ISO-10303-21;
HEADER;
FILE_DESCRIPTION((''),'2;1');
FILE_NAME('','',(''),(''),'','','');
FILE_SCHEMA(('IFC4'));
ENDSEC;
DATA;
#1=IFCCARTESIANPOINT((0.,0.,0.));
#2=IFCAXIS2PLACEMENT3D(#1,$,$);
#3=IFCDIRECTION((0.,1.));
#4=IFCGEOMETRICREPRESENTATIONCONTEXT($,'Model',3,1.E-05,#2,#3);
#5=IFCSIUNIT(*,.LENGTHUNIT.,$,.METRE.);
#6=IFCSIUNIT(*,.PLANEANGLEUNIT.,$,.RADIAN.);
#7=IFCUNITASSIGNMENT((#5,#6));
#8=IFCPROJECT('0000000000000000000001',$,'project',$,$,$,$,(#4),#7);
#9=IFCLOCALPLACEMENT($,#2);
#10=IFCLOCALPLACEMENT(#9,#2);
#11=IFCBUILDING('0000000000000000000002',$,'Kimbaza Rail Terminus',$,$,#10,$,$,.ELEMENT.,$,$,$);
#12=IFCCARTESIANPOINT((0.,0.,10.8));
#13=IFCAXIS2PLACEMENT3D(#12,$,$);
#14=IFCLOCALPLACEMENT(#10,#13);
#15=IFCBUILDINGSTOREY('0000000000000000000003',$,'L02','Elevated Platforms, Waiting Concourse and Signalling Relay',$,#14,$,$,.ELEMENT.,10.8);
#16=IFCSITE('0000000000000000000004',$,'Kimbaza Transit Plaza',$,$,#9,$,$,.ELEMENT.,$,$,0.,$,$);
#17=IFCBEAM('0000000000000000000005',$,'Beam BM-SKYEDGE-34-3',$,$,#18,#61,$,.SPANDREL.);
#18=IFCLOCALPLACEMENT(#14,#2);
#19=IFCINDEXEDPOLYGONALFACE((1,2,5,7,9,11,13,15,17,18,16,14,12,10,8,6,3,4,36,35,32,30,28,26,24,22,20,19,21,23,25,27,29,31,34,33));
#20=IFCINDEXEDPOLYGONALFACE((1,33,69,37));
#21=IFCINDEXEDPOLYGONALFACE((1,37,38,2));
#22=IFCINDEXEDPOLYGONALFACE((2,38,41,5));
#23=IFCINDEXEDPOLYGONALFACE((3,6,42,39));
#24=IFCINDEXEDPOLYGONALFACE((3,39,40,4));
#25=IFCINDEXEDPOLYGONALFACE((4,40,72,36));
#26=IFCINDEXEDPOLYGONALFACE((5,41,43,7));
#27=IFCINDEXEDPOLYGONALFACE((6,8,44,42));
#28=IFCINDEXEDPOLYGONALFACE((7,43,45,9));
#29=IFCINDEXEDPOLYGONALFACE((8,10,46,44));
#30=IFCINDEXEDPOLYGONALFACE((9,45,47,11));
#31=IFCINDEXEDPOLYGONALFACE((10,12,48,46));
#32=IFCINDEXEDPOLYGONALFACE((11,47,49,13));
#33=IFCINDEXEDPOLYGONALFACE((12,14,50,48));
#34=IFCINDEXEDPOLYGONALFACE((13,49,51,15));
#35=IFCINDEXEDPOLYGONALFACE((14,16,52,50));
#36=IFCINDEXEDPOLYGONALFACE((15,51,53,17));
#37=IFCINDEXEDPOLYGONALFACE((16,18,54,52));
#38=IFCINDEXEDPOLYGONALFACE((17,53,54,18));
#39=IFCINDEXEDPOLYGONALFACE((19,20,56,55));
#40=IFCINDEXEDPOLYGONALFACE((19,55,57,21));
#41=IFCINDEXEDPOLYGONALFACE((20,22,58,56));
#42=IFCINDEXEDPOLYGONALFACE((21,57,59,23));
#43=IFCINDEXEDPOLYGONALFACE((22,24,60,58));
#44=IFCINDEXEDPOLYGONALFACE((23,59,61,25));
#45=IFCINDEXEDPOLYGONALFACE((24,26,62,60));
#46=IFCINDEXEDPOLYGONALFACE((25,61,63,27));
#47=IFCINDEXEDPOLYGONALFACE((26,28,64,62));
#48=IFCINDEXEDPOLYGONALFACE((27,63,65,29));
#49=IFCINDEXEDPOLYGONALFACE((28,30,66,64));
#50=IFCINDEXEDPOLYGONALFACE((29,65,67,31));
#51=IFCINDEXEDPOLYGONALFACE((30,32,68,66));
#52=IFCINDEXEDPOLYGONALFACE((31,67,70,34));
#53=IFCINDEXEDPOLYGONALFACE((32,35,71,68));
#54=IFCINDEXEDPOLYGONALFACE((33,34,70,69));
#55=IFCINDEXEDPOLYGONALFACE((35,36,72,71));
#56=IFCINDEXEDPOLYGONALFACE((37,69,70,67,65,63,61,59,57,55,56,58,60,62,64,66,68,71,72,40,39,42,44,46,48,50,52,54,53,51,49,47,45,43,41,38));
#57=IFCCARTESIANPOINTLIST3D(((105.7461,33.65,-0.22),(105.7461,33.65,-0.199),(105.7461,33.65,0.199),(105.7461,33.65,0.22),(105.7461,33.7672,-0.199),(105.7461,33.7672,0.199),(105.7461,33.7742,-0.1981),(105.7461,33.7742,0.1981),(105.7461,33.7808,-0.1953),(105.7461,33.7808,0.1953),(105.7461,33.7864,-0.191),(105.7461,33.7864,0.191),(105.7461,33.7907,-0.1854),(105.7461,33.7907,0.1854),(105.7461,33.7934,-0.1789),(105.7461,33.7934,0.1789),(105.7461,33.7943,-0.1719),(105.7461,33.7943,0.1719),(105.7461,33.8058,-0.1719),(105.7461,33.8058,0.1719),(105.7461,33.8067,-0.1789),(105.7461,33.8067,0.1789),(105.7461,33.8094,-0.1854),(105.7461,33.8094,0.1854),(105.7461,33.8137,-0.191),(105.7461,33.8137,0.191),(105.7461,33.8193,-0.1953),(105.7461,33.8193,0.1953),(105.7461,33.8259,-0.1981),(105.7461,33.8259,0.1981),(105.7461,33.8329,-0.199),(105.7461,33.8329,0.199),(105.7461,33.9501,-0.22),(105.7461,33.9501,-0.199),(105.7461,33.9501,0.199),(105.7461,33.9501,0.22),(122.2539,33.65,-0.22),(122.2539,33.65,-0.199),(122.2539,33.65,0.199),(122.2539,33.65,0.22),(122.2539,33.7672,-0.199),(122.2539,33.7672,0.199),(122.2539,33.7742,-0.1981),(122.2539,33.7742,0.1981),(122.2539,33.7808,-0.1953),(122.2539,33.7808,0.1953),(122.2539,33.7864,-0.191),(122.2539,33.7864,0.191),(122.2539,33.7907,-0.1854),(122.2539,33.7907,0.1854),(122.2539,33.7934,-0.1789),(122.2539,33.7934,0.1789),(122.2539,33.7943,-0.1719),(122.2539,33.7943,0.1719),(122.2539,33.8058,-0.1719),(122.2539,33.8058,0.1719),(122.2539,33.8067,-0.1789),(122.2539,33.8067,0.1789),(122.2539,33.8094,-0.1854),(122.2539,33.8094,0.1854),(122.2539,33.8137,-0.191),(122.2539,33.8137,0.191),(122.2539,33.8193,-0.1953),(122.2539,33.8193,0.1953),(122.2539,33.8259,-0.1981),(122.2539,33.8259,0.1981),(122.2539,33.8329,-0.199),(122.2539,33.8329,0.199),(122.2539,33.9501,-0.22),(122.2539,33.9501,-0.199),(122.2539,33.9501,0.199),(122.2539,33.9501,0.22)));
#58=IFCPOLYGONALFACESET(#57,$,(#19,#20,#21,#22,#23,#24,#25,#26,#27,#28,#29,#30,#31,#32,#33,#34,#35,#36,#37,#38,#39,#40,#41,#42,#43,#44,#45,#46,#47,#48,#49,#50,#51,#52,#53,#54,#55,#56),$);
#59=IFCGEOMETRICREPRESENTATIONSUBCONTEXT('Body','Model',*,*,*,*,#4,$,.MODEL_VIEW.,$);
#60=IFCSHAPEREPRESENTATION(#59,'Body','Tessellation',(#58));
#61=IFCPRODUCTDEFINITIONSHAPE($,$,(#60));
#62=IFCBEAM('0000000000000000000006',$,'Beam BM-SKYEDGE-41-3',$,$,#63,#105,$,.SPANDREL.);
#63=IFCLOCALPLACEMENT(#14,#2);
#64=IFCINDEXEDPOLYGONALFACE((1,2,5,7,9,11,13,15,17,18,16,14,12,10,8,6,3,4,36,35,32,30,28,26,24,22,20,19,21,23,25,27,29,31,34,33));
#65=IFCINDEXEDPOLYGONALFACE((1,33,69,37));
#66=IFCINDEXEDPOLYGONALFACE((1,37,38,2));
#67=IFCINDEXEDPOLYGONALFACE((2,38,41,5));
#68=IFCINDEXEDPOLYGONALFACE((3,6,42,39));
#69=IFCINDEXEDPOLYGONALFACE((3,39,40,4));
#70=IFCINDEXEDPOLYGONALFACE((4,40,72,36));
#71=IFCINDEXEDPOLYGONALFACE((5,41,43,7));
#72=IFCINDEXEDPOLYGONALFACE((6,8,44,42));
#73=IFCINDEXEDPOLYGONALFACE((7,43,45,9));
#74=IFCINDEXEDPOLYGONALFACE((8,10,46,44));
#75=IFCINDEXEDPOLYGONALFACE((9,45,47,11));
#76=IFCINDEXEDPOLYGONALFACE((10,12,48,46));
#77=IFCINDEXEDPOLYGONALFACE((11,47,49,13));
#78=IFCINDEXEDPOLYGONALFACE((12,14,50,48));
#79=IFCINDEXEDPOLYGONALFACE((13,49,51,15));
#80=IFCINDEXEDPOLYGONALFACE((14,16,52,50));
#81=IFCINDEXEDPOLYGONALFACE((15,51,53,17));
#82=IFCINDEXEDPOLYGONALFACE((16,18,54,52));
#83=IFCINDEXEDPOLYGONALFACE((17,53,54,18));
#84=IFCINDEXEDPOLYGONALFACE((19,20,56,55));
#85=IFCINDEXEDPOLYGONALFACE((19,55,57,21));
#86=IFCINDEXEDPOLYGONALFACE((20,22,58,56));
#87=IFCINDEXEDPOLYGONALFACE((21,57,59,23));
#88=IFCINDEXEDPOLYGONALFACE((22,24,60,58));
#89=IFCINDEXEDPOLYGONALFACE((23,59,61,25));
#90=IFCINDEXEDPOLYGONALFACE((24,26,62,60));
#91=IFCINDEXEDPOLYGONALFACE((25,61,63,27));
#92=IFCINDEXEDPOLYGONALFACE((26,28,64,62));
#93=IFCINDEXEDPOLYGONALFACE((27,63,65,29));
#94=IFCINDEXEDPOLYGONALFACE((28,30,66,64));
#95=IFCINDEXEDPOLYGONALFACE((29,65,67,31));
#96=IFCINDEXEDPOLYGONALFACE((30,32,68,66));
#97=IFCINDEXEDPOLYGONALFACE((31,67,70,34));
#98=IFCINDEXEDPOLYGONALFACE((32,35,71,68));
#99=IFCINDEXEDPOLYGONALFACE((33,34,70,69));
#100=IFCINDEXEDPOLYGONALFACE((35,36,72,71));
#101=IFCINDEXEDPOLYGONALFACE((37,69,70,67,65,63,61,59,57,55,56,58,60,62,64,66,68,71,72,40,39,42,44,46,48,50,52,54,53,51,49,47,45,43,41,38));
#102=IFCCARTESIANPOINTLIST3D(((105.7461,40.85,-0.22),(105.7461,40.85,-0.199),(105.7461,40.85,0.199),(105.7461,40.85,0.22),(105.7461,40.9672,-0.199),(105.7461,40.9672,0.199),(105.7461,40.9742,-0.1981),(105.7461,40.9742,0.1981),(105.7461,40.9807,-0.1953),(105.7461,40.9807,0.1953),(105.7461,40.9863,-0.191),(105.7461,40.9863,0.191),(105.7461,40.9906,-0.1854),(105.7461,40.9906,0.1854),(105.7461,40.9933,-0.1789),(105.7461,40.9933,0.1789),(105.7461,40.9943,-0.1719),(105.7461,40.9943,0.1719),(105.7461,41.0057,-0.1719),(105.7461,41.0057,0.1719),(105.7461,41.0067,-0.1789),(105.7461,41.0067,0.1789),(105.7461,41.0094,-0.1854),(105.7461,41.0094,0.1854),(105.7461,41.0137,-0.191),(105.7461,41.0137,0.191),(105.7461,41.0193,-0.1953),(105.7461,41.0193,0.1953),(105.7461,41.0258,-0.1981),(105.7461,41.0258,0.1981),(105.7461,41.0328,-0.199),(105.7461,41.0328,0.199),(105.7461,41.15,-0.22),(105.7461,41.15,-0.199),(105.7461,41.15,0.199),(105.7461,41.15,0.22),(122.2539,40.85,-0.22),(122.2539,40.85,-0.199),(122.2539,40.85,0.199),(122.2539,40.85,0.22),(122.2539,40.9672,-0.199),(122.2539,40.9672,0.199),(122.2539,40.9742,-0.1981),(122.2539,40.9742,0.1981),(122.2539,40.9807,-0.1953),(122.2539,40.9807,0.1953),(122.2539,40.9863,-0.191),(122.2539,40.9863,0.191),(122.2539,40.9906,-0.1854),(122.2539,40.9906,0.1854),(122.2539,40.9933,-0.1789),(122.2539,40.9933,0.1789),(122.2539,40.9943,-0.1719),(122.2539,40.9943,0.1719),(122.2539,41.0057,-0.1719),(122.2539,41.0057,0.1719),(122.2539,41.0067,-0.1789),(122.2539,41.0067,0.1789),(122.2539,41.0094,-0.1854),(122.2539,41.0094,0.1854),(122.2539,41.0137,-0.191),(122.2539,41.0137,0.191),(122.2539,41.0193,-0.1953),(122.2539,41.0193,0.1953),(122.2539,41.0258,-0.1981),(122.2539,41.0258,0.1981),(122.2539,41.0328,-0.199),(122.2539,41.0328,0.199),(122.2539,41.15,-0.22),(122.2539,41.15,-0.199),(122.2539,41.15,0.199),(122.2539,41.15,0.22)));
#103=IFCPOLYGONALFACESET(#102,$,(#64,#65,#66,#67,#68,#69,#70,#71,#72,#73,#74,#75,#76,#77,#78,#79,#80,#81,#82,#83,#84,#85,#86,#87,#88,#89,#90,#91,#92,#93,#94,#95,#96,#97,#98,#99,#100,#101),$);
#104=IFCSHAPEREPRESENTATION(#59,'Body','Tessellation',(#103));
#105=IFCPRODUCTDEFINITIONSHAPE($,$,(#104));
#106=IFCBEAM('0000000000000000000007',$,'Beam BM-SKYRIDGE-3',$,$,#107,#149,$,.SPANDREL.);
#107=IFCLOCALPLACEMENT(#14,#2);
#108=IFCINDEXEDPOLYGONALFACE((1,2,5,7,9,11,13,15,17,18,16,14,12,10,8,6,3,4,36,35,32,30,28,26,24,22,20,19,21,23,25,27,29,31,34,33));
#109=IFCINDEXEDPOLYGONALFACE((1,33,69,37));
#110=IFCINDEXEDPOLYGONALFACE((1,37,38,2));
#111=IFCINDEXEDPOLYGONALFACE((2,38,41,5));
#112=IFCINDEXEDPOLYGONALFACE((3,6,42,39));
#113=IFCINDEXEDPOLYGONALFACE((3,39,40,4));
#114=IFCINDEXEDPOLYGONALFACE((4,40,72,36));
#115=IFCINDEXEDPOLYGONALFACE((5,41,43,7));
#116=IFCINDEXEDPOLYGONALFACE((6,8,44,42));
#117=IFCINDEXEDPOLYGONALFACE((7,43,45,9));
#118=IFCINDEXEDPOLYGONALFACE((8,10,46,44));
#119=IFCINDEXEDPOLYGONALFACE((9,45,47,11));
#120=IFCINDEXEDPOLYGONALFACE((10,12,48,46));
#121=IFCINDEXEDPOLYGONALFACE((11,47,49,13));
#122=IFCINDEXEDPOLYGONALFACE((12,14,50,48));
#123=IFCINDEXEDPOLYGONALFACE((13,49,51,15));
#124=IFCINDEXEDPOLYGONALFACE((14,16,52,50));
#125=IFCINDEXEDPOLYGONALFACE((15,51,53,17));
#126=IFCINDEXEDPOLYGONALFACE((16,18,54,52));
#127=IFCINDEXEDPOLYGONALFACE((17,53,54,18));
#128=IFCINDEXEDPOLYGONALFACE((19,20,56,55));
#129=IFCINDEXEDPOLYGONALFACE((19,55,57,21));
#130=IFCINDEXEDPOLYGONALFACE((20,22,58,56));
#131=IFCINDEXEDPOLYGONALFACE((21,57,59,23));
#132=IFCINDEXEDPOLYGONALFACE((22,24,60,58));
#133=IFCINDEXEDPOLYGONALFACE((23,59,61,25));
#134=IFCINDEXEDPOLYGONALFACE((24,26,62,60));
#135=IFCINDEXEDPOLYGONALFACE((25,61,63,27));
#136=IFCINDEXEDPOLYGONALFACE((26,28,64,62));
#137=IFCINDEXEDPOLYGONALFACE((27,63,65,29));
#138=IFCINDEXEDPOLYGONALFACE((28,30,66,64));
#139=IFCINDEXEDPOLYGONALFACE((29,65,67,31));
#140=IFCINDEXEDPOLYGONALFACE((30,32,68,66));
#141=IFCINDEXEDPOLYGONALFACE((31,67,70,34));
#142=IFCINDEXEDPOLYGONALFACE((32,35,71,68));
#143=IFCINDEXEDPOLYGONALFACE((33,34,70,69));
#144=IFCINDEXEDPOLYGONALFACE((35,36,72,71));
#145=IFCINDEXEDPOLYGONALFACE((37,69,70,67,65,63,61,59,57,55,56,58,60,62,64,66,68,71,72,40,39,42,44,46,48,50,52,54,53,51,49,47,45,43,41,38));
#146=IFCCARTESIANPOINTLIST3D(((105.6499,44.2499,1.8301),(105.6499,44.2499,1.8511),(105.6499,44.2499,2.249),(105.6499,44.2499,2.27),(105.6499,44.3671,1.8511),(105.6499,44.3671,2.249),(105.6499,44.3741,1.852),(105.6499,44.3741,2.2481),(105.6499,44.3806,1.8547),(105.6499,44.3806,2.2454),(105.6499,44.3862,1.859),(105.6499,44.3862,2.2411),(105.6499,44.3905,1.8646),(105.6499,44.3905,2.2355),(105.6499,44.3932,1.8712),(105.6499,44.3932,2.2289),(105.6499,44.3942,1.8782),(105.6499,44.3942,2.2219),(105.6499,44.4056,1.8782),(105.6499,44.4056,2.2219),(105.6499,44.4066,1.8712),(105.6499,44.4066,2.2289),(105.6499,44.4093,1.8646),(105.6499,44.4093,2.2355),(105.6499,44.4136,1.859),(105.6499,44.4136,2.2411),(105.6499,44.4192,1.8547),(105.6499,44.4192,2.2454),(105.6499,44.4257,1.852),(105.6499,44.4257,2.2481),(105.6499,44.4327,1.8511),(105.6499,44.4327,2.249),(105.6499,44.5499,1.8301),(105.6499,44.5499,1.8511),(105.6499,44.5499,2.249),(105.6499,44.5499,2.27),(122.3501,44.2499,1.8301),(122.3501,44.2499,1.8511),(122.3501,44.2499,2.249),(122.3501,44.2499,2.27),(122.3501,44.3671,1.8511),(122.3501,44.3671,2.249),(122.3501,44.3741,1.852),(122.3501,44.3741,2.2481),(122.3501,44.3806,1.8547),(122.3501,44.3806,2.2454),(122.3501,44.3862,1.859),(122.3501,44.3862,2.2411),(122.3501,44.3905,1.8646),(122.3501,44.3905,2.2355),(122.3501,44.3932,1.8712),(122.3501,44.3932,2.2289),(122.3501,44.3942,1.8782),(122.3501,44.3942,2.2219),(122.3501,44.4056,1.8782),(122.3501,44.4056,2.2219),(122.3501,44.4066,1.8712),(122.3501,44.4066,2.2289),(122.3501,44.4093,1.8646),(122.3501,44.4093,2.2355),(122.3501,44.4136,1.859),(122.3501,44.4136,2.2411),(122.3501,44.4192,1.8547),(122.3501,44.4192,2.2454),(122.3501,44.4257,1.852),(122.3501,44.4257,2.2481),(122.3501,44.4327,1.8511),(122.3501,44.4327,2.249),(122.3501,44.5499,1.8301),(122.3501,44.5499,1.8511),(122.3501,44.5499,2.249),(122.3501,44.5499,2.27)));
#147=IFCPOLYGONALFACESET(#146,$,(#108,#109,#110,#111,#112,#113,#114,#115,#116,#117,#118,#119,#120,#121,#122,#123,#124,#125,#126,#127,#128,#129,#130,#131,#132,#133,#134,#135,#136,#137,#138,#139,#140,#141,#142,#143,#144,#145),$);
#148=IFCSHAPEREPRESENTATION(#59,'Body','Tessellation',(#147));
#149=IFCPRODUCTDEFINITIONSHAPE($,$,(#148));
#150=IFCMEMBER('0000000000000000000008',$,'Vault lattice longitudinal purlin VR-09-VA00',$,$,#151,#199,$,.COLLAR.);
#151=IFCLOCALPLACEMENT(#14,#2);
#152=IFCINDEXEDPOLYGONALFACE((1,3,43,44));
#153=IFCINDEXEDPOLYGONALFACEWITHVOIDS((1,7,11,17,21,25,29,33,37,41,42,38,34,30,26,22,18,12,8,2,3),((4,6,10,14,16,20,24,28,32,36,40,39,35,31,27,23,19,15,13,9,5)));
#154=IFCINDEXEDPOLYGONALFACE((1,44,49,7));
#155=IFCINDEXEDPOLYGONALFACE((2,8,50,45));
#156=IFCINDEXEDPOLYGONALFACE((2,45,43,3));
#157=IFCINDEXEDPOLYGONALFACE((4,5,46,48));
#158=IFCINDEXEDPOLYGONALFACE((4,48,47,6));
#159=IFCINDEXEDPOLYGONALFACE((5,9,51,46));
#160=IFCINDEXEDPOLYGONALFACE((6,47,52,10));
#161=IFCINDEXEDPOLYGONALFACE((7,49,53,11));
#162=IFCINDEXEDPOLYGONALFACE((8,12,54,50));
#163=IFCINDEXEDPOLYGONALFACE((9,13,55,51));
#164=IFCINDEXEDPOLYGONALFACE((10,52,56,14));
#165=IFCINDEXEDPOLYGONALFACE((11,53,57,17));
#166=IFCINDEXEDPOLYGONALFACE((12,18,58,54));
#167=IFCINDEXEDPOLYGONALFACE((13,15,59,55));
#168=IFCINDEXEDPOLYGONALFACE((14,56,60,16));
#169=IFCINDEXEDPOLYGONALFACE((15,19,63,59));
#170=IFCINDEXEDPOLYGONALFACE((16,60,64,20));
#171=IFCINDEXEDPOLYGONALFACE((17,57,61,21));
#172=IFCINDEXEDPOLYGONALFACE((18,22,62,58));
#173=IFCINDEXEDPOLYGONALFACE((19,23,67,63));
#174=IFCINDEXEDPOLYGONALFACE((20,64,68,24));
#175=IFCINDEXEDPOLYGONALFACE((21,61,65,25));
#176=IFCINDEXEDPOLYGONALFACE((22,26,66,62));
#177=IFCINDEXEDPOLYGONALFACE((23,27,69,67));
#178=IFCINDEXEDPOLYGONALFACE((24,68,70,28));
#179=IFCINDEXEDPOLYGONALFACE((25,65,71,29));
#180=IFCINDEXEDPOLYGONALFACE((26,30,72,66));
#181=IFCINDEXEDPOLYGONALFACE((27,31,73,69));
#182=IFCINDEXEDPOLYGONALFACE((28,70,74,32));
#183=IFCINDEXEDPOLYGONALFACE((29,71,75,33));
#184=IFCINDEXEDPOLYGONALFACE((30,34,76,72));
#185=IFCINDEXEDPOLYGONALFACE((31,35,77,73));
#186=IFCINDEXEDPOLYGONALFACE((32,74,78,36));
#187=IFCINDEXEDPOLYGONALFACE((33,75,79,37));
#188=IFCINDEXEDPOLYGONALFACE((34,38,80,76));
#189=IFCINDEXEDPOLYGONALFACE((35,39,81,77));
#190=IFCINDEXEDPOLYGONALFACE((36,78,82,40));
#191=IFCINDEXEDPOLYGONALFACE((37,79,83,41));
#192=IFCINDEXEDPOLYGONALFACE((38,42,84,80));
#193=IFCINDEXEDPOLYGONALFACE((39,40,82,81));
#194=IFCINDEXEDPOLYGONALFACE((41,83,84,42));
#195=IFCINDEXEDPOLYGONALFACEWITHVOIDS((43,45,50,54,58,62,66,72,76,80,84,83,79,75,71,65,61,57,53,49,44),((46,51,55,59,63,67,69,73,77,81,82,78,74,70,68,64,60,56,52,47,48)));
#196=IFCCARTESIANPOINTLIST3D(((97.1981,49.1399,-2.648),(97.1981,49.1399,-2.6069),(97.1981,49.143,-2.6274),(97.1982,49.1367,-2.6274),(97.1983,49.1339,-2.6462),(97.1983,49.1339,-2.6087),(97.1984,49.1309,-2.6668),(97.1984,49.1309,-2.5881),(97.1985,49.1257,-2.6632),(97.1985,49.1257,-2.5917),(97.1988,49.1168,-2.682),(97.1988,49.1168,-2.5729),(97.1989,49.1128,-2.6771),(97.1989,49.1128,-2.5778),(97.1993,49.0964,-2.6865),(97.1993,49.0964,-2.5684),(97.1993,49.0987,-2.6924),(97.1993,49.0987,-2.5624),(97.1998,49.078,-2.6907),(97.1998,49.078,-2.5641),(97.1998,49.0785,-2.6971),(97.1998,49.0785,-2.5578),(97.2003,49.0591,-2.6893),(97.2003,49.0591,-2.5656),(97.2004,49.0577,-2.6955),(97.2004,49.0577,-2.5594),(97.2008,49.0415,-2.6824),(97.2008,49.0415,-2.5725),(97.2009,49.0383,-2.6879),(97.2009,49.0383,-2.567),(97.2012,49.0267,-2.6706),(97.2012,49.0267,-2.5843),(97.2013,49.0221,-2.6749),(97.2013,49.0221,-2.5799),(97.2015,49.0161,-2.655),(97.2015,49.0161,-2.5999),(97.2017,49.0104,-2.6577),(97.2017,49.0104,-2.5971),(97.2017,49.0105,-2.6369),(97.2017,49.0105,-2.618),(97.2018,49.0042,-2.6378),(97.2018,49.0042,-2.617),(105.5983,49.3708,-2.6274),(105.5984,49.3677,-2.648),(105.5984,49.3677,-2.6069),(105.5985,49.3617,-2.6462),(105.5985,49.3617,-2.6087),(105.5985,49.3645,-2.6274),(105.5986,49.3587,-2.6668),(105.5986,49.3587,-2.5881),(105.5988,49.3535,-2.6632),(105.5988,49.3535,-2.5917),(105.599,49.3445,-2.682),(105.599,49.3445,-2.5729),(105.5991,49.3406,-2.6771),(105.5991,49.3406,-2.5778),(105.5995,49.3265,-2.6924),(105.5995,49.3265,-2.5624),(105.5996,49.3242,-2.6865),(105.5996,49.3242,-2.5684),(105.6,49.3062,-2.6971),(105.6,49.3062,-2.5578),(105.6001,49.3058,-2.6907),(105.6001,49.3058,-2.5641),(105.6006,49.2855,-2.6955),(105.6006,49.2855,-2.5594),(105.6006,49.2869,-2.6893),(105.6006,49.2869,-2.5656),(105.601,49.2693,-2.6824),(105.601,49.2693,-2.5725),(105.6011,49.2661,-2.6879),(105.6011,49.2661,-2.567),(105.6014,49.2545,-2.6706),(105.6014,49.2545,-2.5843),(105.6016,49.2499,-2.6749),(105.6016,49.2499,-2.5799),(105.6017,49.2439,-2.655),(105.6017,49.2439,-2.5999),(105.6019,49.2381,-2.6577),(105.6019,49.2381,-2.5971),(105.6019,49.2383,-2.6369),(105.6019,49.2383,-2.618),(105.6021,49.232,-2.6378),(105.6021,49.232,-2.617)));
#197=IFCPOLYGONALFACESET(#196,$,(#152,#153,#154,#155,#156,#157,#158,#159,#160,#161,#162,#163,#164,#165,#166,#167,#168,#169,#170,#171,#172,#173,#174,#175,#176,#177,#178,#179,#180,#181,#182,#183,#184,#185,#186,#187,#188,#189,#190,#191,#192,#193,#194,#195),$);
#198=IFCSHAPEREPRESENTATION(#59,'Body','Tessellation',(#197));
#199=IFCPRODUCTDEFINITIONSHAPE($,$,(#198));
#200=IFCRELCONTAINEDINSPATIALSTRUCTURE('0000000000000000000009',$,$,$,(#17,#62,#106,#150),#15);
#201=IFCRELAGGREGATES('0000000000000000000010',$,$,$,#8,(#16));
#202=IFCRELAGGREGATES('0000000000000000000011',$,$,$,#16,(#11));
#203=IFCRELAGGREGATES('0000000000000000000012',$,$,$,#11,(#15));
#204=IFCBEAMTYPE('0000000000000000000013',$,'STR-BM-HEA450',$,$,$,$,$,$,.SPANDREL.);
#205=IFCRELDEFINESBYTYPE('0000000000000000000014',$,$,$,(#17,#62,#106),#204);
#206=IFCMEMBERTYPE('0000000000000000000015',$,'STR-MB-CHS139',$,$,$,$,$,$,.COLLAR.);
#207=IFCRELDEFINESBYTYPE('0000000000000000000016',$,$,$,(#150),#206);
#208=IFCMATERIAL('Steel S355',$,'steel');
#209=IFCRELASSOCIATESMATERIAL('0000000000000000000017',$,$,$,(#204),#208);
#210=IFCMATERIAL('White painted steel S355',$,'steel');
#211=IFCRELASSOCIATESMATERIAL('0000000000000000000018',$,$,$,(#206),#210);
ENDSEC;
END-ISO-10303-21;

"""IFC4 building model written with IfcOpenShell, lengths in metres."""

from ifc_helpers import new_model, si_unit, direction, frame, origin, origin_2d, place, context, subcontext, project, spatial, hollow_circle, i_section, extrude, material, material_profile, profile_set, type_object, element, save


model = new_model("IFC4")

# Units and contexts
model_context = context("Model", 3, precision=1e-05, world=origin(), true_north=direction((0.0, 1.0)))
body_context = subcontext(model_context, "Body", "Model", "MODEL_VIEW")
ifc_project = project(units=[si_unit("LENGTHUNIT", "METRE"), si_unit("PLANEANGLEUNIT", "RADIAN")], contexts=[model_context])

# Site, building, storey
site_placement = place(None, origin())
site = spatial("IfcSite", under=ifc_project, at=site_placement, Name="Kimbaza Transit Plaza", CompositionType="ELEMENT", RefElevation=0.0)
building_placement = place(site_placement, origin())
building = spatial("IfcBuilding", under=site, at=building_placement, Name="Kimbaza Rail Terminus", CompositionType="ELEMENT")
storey_placement = place(building_placement, frame((0.0, 0.0, 10.8)))
storey = spatial("IfcBuildingStorey", under=building, at=storey_placement, Name="L02", Description="Elevated Platforms, Waiting Concourse and Signalling Relay", CompositionType="ELEMENT", Elevation=10.8)

# Beams
ifc_material_1 = material(Name="Steel S355", Category="steel")
ifc_material_profile_1 = material_profile(ifc_material_1, i_section(OverallWidth=0.3, OverallDepth=0.4399, WebThickness=0.0115, FlangeThickness=0.021, FilletRadius=0.0271, at=origin_2d()), Name="HEA 450")
ifc_profile_set_1 = profile_set([ifc_material_profile_1], Name="Steel S355")
beam_type = type_object("IfcBeamType", Name="STR-BM-HEA450", PredefinedType="SPANDREL", material=ifc_profile_set_1)
for number, where, z_axis, x_axis, name in (
    (1, (105.7461, 33.8, 0.0), (1.0, 0.0, 0.0), (0.0, 1.0, 0.0), "Beam BM-SKYEDGE-34-3"),
    (2, (105.7461, 41.0, 0.0), (1.0, 0.0, 0.0), (0.0, 1.0, 0.0), "Beam BM-SKYEDGE-41-3"),
):
    element("IfcBeam", number, at=place(storey_placement, frame(where, z_axis=z_axis, x_axis=x_axis)), inside=storey, type_object=beam_type, Name=name, PredefinedType="SPANDREL", context=body_context, shape_type="SweptSolid", body=[
        extrude(i_section(OverallWidth=0.3, OverallDepth=0.4399, WebThickness=0.0115, FlangeThickness=0.021, FilletRadius=0.0271, at=origin_2d()), origin(), (0.0, 0.0, 1.0), 16.5078),
    ])
beam_placement = place(storey_placement, frame((105.6499, 44.3999, 2.05), z_axis=(1.0, 0.0, 0.0), x_axis=(0.0, 1.0, 0.0)))
element("IfcBeam", 3, at=beam_placement, inside=storey, type_object=beam_type, Name="Beam BM-SKYRIDGE-3", PredefinedType="SPANDREL", context=body_context, shape_type="SweptSolid", body=[
    extrude(i_section(OverallWidth=0.3, OverallDepth=0.4399, WebThickness=0.0115, FlangeThickness=0.021, FilletRadius=0.0271, at=origin_2d()), origin(), (0.0, 0.0, 1.0), 16.7002),
])

# Member
ifc_material_2 = material(Name="White painted steel S355", Category="steel")
ifc_material_profile_2 = material_profile(ifc_material_2, hollow_circle(Radius=0.0698, WallThickness=0.0063, at=origin_2d()), Name="CHS 139.7x6.3")
ifc_profile_set_2 = profile_set([ifc_material_profile_2], Name="White painted steel S355")
member_type_1 = type_object("IfcMemberType", Name="STR-MB-CHS139", PredefinedType="COLLAR", material=ifc_profile_set_2)
member_1_placement = place(storey_placement, frame((97.2, 49.0732, -2.6274), z_axis=(0.999633, 0.027107, 0.0), x_axis=(-0.027107, 0.999633, 0.0)))
element("IfcMember", 4, at=member_1_placement, inside=storey, type_object=member_type_1, Name="Vault lattice longitudinal purlin VR-09-VA00", PredefinedType="COLLAR", context=body_context, shape_type="SweptSolid", body=[
    extrude(hollow_circle(Radius=0.0698, WallThickness=0.0063, at=origin_2d()), origin(), (0.0, 0.0, 1.0), 8.4033),
])

save(model, "model.ifc")
